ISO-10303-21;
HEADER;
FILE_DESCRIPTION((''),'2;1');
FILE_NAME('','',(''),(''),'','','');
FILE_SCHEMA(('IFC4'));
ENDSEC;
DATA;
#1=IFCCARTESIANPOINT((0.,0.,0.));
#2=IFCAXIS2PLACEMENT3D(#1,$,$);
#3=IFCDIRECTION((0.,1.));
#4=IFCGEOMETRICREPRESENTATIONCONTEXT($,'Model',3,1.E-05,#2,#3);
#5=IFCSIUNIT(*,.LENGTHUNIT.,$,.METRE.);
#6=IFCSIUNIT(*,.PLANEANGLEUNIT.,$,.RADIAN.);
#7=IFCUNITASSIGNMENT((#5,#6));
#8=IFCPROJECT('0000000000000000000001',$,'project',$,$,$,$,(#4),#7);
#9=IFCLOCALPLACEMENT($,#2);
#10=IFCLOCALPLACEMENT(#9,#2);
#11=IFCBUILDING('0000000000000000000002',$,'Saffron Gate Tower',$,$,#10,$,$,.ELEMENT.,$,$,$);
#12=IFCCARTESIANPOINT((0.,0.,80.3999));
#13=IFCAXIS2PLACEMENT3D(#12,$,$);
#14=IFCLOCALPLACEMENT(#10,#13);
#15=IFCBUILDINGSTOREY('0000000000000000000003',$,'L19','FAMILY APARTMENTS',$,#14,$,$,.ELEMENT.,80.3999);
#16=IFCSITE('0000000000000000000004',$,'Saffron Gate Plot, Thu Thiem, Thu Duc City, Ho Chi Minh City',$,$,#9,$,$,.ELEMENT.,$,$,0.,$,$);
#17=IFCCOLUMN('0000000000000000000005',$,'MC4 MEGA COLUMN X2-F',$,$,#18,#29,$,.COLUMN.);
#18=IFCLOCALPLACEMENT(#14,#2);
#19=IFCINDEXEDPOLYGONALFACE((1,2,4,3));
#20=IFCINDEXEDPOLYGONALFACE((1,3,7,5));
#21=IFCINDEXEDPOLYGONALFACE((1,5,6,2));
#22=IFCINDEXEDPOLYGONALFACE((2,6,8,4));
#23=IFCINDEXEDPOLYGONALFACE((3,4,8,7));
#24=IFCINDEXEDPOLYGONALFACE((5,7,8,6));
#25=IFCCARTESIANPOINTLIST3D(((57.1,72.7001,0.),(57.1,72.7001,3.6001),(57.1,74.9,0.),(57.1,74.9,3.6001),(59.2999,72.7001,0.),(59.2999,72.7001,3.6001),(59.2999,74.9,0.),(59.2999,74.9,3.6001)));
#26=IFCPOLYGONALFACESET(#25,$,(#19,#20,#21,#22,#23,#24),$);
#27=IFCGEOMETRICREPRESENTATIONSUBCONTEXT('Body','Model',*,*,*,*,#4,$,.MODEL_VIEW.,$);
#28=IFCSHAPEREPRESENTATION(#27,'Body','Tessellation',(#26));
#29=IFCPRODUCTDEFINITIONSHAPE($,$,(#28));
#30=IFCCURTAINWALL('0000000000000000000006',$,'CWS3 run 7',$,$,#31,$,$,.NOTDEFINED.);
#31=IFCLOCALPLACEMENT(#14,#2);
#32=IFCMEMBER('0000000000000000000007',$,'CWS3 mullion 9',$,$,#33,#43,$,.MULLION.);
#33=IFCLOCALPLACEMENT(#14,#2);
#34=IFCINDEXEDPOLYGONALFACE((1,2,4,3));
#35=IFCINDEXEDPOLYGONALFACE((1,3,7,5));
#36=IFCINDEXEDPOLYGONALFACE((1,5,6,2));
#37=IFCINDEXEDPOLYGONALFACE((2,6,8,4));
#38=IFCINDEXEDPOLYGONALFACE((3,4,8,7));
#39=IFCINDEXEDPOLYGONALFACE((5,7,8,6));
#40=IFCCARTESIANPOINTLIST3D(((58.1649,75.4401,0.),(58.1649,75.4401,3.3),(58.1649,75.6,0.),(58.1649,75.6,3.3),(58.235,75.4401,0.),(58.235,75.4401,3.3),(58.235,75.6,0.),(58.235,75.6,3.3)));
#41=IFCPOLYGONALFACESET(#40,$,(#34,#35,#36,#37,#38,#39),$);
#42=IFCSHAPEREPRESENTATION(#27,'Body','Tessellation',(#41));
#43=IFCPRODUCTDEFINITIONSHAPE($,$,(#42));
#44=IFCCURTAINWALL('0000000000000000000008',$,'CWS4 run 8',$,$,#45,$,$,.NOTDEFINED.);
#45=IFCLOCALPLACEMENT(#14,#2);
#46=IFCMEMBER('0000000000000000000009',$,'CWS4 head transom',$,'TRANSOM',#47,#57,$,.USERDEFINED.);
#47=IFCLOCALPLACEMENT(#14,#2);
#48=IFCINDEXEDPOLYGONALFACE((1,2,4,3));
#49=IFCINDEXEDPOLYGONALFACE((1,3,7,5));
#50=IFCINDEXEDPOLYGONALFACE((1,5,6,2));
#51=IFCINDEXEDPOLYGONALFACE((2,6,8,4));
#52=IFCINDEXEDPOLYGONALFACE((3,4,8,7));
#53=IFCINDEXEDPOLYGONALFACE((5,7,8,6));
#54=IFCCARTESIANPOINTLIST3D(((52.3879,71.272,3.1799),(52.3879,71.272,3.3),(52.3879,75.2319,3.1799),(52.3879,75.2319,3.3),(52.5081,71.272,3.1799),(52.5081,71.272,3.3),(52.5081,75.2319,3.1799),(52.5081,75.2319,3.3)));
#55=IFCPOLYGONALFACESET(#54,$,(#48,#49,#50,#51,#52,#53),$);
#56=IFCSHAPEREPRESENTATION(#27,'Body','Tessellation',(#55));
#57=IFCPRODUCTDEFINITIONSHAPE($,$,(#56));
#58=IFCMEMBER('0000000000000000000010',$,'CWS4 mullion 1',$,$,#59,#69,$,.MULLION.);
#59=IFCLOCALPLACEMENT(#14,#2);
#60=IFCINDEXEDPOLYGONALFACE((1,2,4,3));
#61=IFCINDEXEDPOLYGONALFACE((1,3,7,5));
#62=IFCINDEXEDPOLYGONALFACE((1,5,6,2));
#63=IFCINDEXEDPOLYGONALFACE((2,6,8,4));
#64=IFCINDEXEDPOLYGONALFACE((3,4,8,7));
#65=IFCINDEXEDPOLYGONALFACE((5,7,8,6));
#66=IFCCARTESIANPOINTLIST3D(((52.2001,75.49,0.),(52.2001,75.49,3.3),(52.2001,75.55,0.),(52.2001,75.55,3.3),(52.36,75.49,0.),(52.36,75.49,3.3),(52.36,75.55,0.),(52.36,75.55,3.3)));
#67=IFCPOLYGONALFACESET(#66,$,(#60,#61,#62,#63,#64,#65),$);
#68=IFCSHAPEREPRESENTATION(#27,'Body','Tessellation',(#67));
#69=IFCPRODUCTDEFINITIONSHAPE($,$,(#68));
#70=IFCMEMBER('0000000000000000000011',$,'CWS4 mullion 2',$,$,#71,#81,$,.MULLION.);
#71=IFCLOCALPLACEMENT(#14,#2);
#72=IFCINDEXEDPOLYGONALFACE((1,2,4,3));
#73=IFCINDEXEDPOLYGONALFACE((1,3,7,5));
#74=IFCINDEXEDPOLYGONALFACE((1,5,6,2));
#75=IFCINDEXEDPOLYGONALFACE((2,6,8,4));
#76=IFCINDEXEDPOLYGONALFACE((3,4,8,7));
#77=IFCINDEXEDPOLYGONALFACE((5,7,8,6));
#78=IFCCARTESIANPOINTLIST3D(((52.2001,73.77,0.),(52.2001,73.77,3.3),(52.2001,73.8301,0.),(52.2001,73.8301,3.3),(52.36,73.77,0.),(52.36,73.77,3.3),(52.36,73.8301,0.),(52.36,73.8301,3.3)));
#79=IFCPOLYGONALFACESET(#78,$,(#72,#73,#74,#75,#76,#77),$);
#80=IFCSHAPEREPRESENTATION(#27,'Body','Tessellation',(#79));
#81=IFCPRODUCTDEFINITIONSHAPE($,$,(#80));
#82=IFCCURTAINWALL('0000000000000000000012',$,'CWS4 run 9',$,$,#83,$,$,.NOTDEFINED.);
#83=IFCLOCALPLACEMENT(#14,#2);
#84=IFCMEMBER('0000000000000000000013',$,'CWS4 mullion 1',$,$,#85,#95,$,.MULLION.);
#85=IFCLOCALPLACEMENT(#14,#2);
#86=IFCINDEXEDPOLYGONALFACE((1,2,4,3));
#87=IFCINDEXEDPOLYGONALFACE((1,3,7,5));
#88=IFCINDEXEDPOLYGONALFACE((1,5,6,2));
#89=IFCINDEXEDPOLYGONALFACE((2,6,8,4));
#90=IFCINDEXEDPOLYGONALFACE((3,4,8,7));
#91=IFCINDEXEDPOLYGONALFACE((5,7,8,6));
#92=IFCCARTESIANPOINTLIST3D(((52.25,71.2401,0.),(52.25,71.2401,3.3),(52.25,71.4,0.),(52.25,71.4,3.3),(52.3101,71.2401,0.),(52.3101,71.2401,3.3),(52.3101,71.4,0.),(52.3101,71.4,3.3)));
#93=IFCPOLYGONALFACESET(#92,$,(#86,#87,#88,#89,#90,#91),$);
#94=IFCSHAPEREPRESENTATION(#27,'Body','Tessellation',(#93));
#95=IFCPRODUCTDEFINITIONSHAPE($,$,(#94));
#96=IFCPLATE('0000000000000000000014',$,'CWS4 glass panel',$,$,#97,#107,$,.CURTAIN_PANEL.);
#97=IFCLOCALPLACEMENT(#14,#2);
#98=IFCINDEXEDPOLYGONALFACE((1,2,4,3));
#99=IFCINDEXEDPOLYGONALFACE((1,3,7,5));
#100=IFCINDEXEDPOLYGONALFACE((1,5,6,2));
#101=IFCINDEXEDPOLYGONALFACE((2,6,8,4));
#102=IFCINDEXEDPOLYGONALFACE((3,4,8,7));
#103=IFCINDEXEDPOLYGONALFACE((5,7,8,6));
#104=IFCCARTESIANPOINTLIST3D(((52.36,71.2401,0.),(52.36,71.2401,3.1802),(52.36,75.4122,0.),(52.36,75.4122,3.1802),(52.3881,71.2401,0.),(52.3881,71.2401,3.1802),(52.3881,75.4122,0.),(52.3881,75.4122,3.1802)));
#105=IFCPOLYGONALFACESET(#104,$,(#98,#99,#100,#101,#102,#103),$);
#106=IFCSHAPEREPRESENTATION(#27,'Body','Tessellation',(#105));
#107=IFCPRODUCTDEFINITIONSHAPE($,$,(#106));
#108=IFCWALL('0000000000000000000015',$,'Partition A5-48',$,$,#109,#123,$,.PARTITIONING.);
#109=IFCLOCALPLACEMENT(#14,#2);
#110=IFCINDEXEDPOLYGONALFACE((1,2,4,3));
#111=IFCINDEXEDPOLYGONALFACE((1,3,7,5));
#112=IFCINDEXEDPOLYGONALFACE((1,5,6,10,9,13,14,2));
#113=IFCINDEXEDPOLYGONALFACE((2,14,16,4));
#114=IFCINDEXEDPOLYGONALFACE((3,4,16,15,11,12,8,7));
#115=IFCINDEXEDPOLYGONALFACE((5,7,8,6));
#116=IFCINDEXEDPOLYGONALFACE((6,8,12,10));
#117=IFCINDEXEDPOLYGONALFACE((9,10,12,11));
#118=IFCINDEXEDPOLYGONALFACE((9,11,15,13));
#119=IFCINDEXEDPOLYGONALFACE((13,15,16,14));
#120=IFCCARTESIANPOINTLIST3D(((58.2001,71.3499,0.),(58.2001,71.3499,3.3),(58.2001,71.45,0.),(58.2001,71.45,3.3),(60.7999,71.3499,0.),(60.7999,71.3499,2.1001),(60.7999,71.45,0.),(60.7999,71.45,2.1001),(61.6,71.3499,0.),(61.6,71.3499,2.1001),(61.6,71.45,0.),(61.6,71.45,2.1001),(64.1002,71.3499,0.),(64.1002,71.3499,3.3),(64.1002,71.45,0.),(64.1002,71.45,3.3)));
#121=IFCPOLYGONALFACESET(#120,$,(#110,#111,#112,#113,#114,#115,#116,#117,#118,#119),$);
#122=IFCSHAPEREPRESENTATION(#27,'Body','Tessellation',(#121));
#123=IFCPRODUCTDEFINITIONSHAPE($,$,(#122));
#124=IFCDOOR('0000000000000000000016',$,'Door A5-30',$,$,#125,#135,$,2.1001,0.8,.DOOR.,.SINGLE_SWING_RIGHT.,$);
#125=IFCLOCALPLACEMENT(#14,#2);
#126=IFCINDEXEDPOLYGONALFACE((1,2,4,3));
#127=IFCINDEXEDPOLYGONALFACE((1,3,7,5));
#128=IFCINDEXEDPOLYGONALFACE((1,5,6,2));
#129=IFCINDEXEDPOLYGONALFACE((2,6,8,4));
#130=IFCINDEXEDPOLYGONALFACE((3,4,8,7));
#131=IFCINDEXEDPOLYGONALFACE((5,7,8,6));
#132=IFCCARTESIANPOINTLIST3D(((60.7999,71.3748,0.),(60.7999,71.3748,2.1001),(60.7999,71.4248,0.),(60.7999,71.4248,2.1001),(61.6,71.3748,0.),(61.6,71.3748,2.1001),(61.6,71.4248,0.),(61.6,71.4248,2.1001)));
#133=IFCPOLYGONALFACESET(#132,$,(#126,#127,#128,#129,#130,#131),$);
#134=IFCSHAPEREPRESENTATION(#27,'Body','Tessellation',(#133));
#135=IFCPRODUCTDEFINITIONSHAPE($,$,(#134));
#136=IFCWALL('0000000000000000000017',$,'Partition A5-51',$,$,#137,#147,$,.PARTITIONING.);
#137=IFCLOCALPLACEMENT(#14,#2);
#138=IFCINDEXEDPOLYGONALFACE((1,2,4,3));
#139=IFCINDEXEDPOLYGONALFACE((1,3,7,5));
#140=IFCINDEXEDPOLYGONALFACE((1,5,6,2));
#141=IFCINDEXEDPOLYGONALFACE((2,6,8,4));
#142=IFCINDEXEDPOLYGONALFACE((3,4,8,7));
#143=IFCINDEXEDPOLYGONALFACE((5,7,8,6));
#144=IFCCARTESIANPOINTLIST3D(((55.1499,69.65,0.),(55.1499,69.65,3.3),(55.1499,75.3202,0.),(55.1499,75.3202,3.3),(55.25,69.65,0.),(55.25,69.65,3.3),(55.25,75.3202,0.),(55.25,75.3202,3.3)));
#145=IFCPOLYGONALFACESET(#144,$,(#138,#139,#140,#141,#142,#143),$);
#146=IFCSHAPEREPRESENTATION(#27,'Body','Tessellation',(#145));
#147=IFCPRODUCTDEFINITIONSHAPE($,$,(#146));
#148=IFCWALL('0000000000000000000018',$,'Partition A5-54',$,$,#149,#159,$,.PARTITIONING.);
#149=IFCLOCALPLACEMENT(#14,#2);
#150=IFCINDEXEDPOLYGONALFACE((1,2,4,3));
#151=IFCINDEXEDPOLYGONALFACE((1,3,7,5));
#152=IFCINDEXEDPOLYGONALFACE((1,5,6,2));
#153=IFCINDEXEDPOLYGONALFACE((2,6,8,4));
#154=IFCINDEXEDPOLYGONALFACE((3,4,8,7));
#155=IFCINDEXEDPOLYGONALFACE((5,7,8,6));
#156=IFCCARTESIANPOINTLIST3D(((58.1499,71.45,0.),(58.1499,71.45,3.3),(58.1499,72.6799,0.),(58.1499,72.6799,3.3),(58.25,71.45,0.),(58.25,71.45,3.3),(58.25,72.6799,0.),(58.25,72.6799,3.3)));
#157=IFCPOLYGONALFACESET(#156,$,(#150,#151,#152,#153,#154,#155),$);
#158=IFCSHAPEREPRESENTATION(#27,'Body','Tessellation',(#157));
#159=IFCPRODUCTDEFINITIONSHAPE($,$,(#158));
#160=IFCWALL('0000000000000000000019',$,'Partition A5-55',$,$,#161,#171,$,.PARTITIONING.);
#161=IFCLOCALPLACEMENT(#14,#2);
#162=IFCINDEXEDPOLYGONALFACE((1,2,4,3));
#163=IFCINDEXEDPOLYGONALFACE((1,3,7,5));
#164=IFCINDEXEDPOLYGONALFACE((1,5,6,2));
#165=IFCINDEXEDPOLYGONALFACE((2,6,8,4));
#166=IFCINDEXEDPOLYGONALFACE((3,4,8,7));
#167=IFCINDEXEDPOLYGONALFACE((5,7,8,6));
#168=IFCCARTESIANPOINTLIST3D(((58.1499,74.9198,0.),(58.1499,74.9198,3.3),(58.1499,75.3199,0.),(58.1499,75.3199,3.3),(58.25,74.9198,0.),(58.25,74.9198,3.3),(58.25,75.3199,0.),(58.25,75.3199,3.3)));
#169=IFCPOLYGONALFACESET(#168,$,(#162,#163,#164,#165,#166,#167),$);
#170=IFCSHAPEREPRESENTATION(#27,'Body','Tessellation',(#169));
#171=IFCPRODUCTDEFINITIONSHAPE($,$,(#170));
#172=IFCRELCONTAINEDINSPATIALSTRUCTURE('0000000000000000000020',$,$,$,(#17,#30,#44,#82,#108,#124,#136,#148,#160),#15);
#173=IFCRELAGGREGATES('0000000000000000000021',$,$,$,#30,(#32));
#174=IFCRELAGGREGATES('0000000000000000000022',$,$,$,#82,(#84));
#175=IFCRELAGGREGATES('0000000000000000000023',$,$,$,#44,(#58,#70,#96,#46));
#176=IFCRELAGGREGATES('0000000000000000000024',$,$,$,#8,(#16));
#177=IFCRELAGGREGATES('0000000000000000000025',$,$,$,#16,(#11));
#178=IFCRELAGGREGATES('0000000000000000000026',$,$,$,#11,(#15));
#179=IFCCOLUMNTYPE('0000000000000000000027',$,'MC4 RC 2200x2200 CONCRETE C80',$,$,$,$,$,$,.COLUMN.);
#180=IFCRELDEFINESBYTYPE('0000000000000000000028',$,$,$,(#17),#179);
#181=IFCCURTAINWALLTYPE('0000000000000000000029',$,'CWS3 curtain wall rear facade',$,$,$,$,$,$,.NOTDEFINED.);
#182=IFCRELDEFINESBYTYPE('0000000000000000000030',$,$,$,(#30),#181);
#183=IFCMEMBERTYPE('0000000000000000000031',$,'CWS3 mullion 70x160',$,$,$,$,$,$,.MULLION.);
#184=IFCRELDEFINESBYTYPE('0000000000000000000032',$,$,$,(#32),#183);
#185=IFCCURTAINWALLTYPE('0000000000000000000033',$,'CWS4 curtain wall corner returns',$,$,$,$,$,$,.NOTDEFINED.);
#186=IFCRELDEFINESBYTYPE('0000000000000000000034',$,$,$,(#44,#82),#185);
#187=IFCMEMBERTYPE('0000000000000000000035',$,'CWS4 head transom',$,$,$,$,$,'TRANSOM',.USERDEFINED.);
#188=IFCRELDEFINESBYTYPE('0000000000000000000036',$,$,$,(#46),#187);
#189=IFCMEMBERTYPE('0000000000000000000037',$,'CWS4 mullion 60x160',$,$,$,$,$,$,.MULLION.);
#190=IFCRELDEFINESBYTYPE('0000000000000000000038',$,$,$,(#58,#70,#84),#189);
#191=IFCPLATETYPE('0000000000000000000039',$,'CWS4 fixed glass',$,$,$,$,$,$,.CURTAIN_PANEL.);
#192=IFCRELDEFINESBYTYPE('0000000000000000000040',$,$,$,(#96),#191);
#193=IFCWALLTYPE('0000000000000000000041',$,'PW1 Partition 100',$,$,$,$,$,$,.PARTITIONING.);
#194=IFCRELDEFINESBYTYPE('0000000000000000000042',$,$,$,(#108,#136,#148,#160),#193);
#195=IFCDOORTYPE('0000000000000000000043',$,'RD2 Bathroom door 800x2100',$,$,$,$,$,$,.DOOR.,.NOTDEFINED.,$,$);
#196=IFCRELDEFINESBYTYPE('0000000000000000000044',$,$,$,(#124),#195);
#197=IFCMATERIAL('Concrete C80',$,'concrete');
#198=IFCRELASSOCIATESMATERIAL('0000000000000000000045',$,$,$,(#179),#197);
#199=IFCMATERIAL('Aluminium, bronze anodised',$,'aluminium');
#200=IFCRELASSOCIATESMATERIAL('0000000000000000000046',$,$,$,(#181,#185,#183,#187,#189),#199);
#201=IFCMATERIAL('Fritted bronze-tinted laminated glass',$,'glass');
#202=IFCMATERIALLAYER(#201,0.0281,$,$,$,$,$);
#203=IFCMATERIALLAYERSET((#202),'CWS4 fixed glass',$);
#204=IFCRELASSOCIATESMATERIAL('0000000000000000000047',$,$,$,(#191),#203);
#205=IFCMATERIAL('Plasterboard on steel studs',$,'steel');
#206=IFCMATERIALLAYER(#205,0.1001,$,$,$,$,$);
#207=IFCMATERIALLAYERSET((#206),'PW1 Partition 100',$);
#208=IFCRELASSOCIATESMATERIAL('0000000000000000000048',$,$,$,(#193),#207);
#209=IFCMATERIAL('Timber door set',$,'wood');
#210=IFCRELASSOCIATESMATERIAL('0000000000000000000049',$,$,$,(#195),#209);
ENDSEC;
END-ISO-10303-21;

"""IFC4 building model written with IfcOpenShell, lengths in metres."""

from ifc_helpers import new_model, si_unit, direction, frame, frame_2d, origin, origin_2d, place, context, subcontext, project, spatial, rectangle, extrude, material, layer, layer_set, material_profile, profile_set, type_object, element, fill, aggregate, save


model = new_model("IFC4")

# Units and contexts
model_context = context("Model", 3, precision=1e-05, world=origin(), true_north=direction((0.0, 1.0)))
body_context = subcontext(model_context, "Body", "Model", "MODEL_VIEW")
ifc_project = project(units=[si_unit("LENGTHUNIT", "METRE"), si_unit("PLANEANGLEUNIT", "RADIAN")], contexts=[model_context])

# Site, building, storey
site_placement = place(None, origin())
site = spatial("IfcSite", under=ifc_project, at=site_placement, Name="Saffron Gate Plot, Thu Thiem, Thu Duc City, Ho Chi Minh City", CompositionType="ELEMENT", RefElevation=0.0)
building_placement = place(site_placement, origin())
building = spatial("IfcBuilding", under=site, at=building_placement, Name="Saffron Gate Tower", CompositionType="ELEMENT")
storey_placement = place(building_placement, frame((0.0, 0.0, 80.3999)))
storey = spatial("IfcBuildingStorey", under=building, at=storey_placement, Name="L19", Description="FAMILY APARTMENTS", CompositionType="ELEMENT", Elevation=80.3999)

# Column
ifc_material_1 = material(Name="Concrete C80", Category="concrete")
ifc_material_profile_1 = material_profile(ifc_material_1, rectangle(XDim=2.2, YDim=2.2, at=origin_2d()))
ifc_profile_set_1 = profile_set([ifc_material_profile_1], Name="Concrete C80")
column_type = type_object("IfcColumnType", Name="MC4 RC 2200x2200 CONCRETE C80", PredefinedType="COLUMN", material=ifc_profile_set_1)
column_placement = place(storey_placement, frame((58.2, 73.8, 0.0), z_axis=(0.0, 0.0, 1.0), x_axis=(1.0, 0.0, 0.0)))
element("IfcColumn", 1, at=column_placement, inside=storey, type_object=column_type, Name="MC4 MEGA COLUMN X2-F", PredefinedType="COLUMN", context=body_context, shape_type="SweptSolid", body=[
    extrude(rectangle(XDim=2.2, YDim=2.2, at=origin_2d()), origin(), (0.0, 0.0, 1.0), 3.6001),
])

# Curtain wall, member
ifc_material_2 = material(Name="Aluminium, bronze anodised", Category="aluminium")
curtain_wall_type_1 = type_object("IfcCurtainWallType", Name="CWS3 curtain wall rear facade", PredefinedType="NOTDEFINED", material=ifc_material_2)
curtain_wall_1_placement = place(storey_placement, origin())
curtain_wall_1 = element("IfcCurtainWall", 2, at=curtain_wall_1_placement, inside=storey, type_object=curtain_wall_type_1, Name="CWS3 run 7", PredefinedType="NOTDEFINED")
ifc_material_profile_2 = material_profile(ifc_material_2, rectangle(XDim=0.1599, YDim=0.0701, at=origin_2d()))
ifc_profile_set_2 = profile_set([ifc_material_profile_2], Name="Aluminium, bronze anodised")
member_type_1 = type_object("IfcMemberType", Name="CWS3 mullion 70x160", PredefinedType="MULLION", material=ifc_profile_set_2)
member_1_placement = place(storey_placement, frame((58.2, 75.52, 0.0), z_axis=(0.0, 0.0, 1.0), x_axis=(0.0, -1.0, 0.0)))
member_1 = element("IfcMember", 3, at=member_1_placement, type_object=member_type_1, Name="CWS3 mullion 9", PredefinedType="MULLION", context=body_context, shape_type="SweptSolid", body=[
    extrude(rectangle(XDim=0.1599, YDim=0.0701, at=origin_2d()), origin(), (0.0, 0.0, 1.0), 3.3),
])
aggregate(curtain_wall_1, [member_1])

# Curtain wall, members
curtain_wall_type_2 = type_object("IfcCurtainWallType", Name="CWS4 curtain wall corner returns", PredefinedType="NOTDEFINED", material=ifc_material_2)
curtain_wall_2_placement = place(storey_placement, origin())
curtain_wall_2 = element("IfcCurtainWall", 4, at=curtain_wall_2_placement, inside=storey, type_object=curtain_wall_type_2, Name="CWS4 run 8", PredefinedType="NOTDEFINED")
ifc_material_profile_3 = material_profile(ifc_material_2, rectangle(XDim=0.1201, YDim=0.1201, at=origin_2d()))
ifc_profile_set_3 = profile_set([ifc_material_profile_3], Name="Aluminium, bronze anodised")
member_type_2 = type_object("IfcMemberType", Name="CWS4 head transom", ElementType="TRANSOM", PredefinedType="USERDEFINED", material=ifc_profile_set_3)
member_2_placement = place(storey_placement, frame((52.448, 75.2319, 3.24), z_axis=(0.0, -1.0, 0.0), x_axis=(1.0, 0.0, 0.0)))
member_2 = element("IfcMember", 5, at=member_2_placement, type_object=member_type_2, Name="CWS4 head transom", ObjectType="TRANSOM", PredefinedType="USERDEFINED", context=body_context, shape_type="SweptSolid", body=[
    extrude(rectangle(XDim=0.1201, YDim=0.1201, at=origin_2d()), origin(), (0.0, 0.0, 1.0), 3.96),
])
ifc_material_profile_4 = material_profile(ifc_material_2, rectangle(XDim=0.1599, YDim=0.0601, at=origin_2d()))
ifc_profile_set_4 = profile_set([ifc_material_profile_4], Name="Aluminium, bronze anodised")
member_type_3 = type_object("IfcMemberType", Name="CWS4 mullion 60x160", PredefinedType="MULLION", material=ifc_profile_set_4)
member_3_placement = place(storey_placement, frame((52.28, 75.52, 0.0), z_axis=(0.0, 0.0, 1.0), x_axis=(1.0, 0.0, 0.0)))
member_3 = element("IfcMember", 6, at=member_3_placement, type_object=member_type_3, Name="CWS4 mullion 1", PredefinedType="MULLION", context=body_context, shape_type="SweptSolid", body=[
    extrude(rectangle(XDim=0.1599, YDim=0.0601, at=origin_2d()), origin(), (0.0, 0.0, 1.0), 3.3),
])
member_4_placement = place(storey_placement, frame((52.28, 73.8, 0.0), z_axis=(0.0, 0.0, 1.0), x_axis=(1.0, 0.0, 0.0)))
member_4 = element("IfcMember", 7, at=member_4_placement, type_object=member_type_3, Name="CWS4 mullion 2", PredefinedType="MULLION", context=body_context, shape_type="SweptSolid", body=[
    extrude(rectangle(XDim=0.1599, YDim=0.0601, at=origin_2d()), origin(), (0.0, 0.0, 1.0), 3.3),
])

# Curtain wall, member
curtain_wall_3_placement = place(storey_placement, origin())
curtain_wall_3 = element("IfcCurtainWall", 8, at=curtain_wall_3_placement, inside=storey, type_object=curtain_wall_type_2, Name="CWS4 run 9", PredefinedType="NOTDEFINED")
member_5_placement = place(storey_placement, frame((52.28, 71.3201, 0.0), z_axis=(0.0, 0.0, 1.0), x_axis=(0.0, -1.0, 0.0)))
member_5 = element("IfcMember", 9, at=member_5_placement, type_object=member_type_3, Name="CWS4 mullion 1", PredefinedType="MULLION", context=body_context, shape_type="SweptSolid", body=[
    extrude(rectangle(XDim=0.1599, YDim=0.0601, at=origin_2d()), origin(), (0.0, 0.0, 1.0), 3.3),
])
aggregate(curtain_wall_3, [member_5])

# Plate
ifc_material_3 = material(Name="Fritted bronze-tinted laminated glass", Category="glass")
ifc_layer_1 = layer(ifc_material_3, 0.0281)
ifc_layer_set_1 = layer_set([ifc_layer_1], Name="CWS4 fixed glass")
plate_type = type_object("IfcPlateType", Name="CWS4 fixed glass", PredefinedType="CURTAIN_PANEL", material=ifc_layer_set_1)
plate_placement = place(storey_placement, frame((52.374, 75.4121, 0.0), z_axis=(0.0, 0.0, 1.0), x_axis=(0.0, -1.0, 0.0)))
plate = element("IfcPlate", 10, at=plate_placement, type_object=plate_type, Name="CWS4 glass panel", PredefinedType="CURTAIN_PANEL", context=body_context, shape_type="SweptSolid", body=[
    extrude(rectangle(XDim=4.1721, YDim=0.0281, at=frame_2d((2.0859, 0.0))), origin(), (0.0, 0.0, 1.0), 3.1802),
])
aggregate(curtain_wall_2, [member_3, member_4, plate, member_2])

# Wall, opening, door
ifc_material_4 = material(Name="Plasterboard on steel studs", Category="steel")
ifc_layer_2 = layer(ifc_material_4, 0.1001)
ifc_layer_set_2 = layer_set([ifc_layer_2], Name="PW1 Partition 100")
wall_type = type_object("IfcWallType", Name="PW1 Partition 100", PredefinedType="PARTITIONING", material=ifc_layer_set_2)
wall_1_placement = place(storey_placement, frame((58.2, 71.3999, 0.0), z_axis=(0.0, 0.0, 1.0), x_axis=(1.0, 0.0, 0.0)))
wall_1 = element("IfcWall", 11, at=wall_1_placement, inside=storey, type_object=wall_type, Name="Partition A5-48", PredefinedType="PARTITIONING", context=body_context, shape_type="SweptSolid", body=[
    extrude(rectangle(XDim=5.9001, YDim=0.1001, at=frame_2d((2.9502, 0.0))), origin(), (0.0, 0.0, 1.0), 3.3),
])
opening_placement = place(wall_1_placement, frame((2.6001, 0.0, 0.0)))
opening = element("IfcOpeningElement", 12, at=opening_placement, cuts=wall_1, PredefinedType="OPENING", context=body_context, shape_type="SweptSolid", body=[
    extrude(rectangle(XDim=0.8, YDim=2.1001, at=frame_2d((0.3999, 1.05))), frame((0.0, 0.0601, 0.0), z_axis=(0.0, -1.0, 0.0), x_axis=(1.0, 0.0, 0.0)), (0.0, 0.0, 1.0), 0.1201),
])
ifc_material_5 = material(Name="Timber door set", Category="wood")
door_type = type_object("IfcDoorType", Name="RD2 Bathroom door 800x2100", OperationType="NOTDEFINED", PredefinedType="DOOR", material=ifc_material_5)
door_placement = place(opening_placement, origin())
door = element("IfcDoor", 13, at=door_placement, inside=storey, type_object=door_type, Name="Door A5-30", OperationType="SINGLE_SWING_RIGHT", OverallHeight=2.1001, OverallWidth=0.8, PredefinedType="DOOR", context=body_context, shape_type="SweptSolid", body=[
    extrude(rectangle(XDim=0.8, YDim=2.1001, at=frame_2d((0.3999, 1.05))), frame((0.0, 0.0249, 0.0), z_axis=(0.0, -1.0, 0.0), x_axis=(1.0, 0.0, 0.0)), (0.0, 0.0, 1.0), 0.05),
])
fill(opening, door)

# Walls
wall_2_placement = place(storey_placement, frame((55.2, 75.3201, 0.0), z_axis=(0.0, 0.0, 1.0), x_axis=(0.0, -1.0, 0.0)))
element("IfcWall", 14, at=wall_2_placement, inside=storey, type_object=wall_type, Name="Partition A5-51", PredefinedType="PARTITIONING", context=body_context, shape_type="SweptSolid", body=[
    extrude(rectangle(XDim=5.6702, YDim=0.1001, at=frame_2d((2.835, 0.0))), origin(), (0.0, 0.0, 1.0), 3.3),
])
wall_3_placement = place(storey_placement, frame((58.2, 72.6799, 0.0), z_axis=(0.0, 0.0, 1.0), x_axis=(0.0, -1.0, 0.0)))
element("IfcWall", 15, at=wall_3_placement, inside=storey, type_object=wall_type, Name="Partition A5-54", PredefinedType="PARTITIONING", context=body_context, shape_type="SweptSolid", body=[
    extrude(rectangle(XDim=1.23, YDim=0.1001, at=frame_2d((0.615, 0.0))), origin(), (0.0, 0.0, 1.0), 3.3),
])
wall_4_placement = place(storey_placement, frame((58.2, 75.3201, 0.0), z_axis=(0.0, 0.0, 1.0), x_axis=(0.0, -1.0, 0.0)))
element("IfcWall", 16, at=wall_4_placement, inside=storey, type_object=wall_type, Name="Partition A5-55", PredefinedType="PARTITIONING", context=body_context, shape_type="SweptSolid", body=[
    extrude(rectangle(XDim=0.4001, YDim=0.1001, at=frame_2d((0.2002, 0.0))), origin(), (0.0, 0.0, 1.0), 3.3),
])

save(model, "model.ifc")
